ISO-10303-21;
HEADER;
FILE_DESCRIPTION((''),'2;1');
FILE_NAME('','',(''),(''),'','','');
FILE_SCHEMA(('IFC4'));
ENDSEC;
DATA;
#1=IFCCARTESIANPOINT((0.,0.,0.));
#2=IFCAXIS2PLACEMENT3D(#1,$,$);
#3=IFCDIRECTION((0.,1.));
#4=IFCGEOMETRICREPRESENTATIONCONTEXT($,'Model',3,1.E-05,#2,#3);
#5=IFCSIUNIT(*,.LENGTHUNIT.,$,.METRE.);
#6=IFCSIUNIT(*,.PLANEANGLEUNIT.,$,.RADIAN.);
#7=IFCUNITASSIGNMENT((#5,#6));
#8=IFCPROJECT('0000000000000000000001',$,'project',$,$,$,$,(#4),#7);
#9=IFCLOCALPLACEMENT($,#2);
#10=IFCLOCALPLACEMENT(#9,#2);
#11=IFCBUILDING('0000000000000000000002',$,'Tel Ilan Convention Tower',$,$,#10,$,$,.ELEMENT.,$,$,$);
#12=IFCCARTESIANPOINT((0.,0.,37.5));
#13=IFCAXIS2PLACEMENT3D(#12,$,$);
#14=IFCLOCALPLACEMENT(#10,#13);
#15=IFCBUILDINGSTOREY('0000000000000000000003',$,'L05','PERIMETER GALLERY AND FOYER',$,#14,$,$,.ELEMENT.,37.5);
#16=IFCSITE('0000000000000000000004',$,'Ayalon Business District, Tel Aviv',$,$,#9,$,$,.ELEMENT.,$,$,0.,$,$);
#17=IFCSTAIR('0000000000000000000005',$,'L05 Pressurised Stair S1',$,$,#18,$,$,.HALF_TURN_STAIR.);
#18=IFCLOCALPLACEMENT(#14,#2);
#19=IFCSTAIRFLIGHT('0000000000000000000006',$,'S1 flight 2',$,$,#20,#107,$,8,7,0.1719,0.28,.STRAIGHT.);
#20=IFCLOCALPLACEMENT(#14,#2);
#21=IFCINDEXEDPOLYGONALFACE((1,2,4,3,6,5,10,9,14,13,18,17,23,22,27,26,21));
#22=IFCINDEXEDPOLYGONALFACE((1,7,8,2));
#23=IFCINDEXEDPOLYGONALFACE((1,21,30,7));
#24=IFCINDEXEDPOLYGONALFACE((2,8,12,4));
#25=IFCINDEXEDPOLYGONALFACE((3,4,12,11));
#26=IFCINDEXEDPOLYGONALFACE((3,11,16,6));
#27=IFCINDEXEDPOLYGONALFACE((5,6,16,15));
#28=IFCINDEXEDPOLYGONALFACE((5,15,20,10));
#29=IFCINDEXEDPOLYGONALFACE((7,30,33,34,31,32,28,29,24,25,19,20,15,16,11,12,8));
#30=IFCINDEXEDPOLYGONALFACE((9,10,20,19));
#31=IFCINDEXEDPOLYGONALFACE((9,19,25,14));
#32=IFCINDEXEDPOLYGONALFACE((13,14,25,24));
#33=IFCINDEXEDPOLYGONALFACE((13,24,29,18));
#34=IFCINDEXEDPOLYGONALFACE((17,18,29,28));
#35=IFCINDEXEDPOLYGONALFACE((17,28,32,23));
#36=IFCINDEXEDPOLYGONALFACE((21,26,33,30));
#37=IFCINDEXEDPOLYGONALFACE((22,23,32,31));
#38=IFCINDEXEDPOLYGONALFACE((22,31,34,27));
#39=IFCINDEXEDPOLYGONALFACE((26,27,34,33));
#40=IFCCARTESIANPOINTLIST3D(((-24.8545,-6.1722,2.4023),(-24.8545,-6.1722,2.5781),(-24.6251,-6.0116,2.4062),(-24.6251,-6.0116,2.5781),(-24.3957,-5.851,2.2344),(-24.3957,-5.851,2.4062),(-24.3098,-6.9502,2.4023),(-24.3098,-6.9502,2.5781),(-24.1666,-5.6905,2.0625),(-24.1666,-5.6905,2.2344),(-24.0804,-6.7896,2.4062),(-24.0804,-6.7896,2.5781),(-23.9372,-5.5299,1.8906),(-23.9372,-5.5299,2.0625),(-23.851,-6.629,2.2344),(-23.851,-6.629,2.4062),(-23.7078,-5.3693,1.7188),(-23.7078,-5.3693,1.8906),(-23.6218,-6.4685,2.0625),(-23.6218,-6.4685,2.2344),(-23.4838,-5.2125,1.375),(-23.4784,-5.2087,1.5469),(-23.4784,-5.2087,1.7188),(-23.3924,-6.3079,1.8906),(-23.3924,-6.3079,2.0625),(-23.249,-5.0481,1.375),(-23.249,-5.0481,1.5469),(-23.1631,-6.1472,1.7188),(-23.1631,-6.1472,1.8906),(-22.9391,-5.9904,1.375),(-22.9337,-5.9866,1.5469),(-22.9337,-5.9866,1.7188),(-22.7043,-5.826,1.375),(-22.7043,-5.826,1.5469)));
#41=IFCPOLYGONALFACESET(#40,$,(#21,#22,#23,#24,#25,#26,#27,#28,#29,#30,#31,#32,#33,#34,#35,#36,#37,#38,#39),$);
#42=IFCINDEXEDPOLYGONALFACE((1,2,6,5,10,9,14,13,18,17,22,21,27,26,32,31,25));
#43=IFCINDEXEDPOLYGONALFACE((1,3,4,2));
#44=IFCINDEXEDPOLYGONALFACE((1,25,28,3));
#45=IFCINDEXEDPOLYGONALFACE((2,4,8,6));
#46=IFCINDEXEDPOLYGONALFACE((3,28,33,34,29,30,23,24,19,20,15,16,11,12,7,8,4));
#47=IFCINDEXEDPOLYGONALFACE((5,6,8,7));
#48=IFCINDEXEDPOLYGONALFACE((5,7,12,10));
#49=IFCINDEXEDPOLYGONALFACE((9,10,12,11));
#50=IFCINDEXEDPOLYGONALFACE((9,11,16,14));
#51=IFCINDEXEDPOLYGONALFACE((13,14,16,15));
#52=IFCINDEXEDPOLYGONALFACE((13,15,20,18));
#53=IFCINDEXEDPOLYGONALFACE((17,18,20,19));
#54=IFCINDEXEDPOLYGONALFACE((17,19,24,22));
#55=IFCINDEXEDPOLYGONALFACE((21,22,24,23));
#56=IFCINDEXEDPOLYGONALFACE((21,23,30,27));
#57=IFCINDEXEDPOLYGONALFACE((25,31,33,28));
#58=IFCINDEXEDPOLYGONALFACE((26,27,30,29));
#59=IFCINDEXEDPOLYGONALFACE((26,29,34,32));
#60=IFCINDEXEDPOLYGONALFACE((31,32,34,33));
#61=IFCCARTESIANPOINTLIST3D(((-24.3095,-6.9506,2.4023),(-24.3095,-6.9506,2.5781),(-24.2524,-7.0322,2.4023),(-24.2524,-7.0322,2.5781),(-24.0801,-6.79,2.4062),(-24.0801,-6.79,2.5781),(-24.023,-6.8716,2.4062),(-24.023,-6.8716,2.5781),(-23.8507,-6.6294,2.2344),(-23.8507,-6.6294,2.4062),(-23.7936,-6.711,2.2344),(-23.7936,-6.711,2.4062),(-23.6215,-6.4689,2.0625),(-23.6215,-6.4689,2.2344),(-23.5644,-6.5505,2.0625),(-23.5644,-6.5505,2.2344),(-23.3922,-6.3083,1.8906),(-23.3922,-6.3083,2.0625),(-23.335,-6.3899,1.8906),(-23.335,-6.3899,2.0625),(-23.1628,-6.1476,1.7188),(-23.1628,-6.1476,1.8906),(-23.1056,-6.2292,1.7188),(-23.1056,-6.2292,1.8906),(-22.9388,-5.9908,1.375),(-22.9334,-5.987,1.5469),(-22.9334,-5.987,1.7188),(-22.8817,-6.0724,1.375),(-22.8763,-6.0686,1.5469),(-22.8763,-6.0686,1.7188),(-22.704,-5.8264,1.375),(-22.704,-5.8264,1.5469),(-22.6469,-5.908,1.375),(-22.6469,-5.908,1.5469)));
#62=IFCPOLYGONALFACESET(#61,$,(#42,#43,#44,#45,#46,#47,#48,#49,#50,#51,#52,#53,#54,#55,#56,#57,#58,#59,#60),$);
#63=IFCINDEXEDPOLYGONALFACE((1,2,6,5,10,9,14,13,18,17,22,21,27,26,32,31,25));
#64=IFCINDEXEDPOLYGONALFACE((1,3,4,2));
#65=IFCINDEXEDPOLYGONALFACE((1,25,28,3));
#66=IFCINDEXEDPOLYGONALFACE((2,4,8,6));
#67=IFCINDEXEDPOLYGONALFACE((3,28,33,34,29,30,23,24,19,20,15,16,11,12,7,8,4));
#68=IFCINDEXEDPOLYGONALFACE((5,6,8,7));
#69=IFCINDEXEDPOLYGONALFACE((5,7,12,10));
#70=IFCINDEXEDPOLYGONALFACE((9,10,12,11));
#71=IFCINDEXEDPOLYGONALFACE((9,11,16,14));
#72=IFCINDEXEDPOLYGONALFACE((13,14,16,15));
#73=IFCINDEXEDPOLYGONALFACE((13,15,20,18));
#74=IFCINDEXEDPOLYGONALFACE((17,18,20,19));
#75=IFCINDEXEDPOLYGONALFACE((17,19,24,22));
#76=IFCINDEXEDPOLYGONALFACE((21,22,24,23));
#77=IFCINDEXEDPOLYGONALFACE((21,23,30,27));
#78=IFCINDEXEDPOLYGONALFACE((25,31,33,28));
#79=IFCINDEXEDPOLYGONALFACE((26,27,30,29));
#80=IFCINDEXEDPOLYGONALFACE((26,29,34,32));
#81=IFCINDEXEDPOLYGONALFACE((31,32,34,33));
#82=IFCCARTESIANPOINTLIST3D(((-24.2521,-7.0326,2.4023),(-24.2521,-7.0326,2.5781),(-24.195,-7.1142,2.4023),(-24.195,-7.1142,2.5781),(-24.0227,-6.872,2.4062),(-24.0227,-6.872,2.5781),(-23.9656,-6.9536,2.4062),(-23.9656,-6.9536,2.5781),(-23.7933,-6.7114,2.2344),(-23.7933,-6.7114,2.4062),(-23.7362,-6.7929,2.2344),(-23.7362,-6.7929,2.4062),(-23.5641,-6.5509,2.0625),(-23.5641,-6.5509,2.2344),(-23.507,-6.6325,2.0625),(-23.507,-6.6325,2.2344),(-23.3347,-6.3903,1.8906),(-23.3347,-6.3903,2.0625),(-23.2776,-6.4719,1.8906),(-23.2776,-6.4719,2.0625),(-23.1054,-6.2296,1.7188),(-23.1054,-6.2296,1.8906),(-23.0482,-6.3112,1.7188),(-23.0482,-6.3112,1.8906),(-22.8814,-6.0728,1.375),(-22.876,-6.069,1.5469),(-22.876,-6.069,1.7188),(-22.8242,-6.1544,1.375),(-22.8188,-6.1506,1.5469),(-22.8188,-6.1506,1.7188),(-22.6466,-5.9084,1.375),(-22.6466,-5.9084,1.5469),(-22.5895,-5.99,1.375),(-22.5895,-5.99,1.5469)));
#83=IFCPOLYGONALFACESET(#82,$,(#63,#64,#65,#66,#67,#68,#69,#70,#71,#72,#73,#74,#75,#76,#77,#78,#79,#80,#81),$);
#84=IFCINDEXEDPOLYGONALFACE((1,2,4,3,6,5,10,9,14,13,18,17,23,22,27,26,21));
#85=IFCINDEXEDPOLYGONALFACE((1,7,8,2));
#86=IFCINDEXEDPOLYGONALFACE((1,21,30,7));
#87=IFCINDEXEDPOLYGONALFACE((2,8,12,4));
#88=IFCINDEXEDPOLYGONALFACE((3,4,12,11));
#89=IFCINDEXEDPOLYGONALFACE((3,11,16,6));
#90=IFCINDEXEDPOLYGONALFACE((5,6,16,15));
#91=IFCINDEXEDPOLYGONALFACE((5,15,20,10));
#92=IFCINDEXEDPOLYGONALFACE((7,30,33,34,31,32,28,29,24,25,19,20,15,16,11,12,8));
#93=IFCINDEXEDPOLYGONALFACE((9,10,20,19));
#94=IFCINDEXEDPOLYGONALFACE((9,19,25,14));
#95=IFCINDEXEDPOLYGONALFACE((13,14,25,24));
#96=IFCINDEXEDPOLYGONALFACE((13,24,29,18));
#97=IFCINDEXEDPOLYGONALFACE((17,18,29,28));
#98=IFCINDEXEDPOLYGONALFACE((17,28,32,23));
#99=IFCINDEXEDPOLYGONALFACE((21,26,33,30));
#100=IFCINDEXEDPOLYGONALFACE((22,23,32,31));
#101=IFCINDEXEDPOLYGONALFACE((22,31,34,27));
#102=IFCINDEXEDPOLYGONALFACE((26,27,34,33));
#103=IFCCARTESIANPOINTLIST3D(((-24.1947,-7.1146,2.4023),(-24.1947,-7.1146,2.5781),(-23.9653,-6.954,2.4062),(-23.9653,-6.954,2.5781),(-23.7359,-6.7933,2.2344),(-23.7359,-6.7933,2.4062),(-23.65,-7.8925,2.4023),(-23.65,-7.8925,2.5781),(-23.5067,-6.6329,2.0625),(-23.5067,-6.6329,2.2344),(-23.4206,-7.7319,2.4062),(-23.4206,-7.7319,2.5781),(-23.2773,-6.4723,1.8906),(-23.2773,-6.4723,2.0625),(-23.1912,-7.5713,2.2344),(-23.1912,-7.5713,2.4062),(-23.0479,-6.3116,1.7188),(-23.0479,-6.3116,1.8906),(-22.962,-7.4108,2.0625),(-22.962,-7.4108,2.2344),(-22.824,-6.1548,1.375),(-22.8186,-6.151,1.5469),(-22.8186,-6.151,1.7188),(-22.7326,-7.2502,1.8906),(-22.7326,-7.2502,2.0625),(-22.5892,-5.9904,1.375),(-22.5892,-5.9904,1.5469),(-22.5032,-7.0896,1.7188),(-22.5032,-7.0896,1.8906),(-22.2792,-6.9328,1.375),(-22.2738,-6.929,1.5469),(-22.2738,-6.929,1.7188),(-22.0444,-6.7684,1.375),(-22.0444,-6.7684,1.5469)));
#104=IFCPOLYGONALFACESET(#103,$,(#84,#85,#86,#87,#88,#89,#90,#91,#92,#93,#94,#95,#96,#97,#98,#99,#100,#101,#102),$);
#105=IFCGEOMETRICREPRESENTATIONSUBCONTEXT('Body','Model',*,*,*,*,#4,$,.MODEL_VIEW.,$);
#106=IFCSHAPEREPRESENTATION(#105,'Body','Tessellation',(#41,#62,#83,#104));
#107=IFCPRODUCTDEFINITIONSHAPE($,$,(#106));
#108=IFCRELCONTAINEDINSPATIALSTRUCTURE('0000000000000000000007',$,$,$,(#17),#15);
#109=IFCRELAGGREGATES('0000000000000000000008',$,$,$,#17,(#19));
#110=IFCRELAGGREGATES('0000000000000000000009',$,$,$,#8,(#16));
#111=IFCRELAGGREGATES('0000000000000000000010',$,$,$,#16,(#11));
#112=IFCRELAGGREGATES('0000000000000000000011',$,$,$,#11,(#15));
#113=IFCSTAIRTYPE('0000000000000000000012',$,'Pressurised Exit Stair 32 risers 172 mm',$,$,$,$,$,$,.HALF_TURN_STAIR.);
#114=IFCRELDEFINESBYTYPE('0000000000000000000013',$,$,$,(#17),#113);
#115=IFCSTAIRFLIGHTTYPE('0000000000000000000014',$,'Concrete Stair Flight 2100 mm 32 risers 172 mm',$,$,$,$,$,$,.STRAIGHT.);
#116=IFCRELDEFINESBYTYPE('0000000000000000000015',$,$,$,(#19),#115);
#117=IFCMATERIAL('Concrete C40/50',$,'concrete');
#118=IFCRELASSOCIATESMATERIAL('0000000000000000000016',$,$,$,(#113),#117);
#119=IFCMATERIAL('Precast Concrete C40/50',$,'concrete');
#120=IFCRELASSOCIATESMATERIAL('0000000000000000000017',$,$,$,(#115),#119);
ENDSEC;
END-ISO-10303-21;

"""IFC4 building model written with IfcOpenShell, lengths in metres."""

from ifc_helpers import new_model, si_unit, direction, frame, origin, place, context, subcontext, project, spatial, polyline, outline, extrude, material, type_object, element, aggregate, save


model = new_model("IFC4")

# Units and contexts
model_context = context("Model", 3, precision=1e-05, world=origin(), true_north=direction((0.0, 1.0)))
body_context = subcontext(model_context, "Body", "Model", "MODEL_VIEW")
ifc_project = project(units=[si_unit("LENGTHUNIT", "METRE"), si_unit("PLANEANGLEUNIT", "RADIAN")], contexts=[model_context])

# Site, building, storey
site_placement = place(None, origin())
site = spatial("IfcSite", under=ifc_project, at=site_placement, Name="Ayalon Business District, Tel Aviv", CompositionType="ELEMENT", RefElevation=0.0)
building_placement = place(site_placement, origin())
building = spatial("IfcBuilding", under=site, at=building_placement, Name="Tel Ilan Convention Tower", CompositionType="ELEMENT")
storey_placement = place(building_placement, frame((0.0, 0.0, 37.5)))
storey = spatial("IfcBuildingStorey", under=building, at=storey_placement, Name="L05", Description="PERIMETER GALLERY AND FOYER", CompositionType="ELEMENT", Elevation=37.5)

# Stair, stair flight
ifc_material_1 = material(Name="Concrete C40/50", Category="concrete")
stair_type = type_object("IfcStairType", Name="Pressurised Exit Stair 32 risers 172 mm", PredefinedType="HALF_TURN_STAIR", material=ifc_material_1)
stair_placement = place(storey_placement, origin())
stair = element("IfcStair", 1, at=stair_placement, inside=storey, type_object=stair_type, Name="L05 Pressurised Stair S1", PredefinedType="HALF_TURN_STAIR")
ifc_material_2 = material(Name="Precast Concrete C40/50", Category="concrete")
stair_flight_type = type_object("IfcStairFlightType", Name="Concrete Stair Flight 2100 mm 32 risers 172 mm", PredefinedType="STRAIGHT", material=ifc_material_2)
stair_flight_1_placement = place(storey_placement, frame((-22.6467, -5.9082, 1.375), z_axis=(0.0, 0.0, 1.0), x_axis=(-0.819152, -0.573576, 0.0)))
stair_flight_1 = element("IfcStairFlight", 2, at=stair_flight_1_placement, type_object=stair_flight_type, Name="S1 flight 2", NumberOfRisers=8, NumberOfTreads=7, PredefinedType="STRAIGHT", RiserHeight=0.1719, TreadLength=0.28, context=body_context, shape_type="SweptSolid", body=[
    extrude(outline(polyline([(0.0, 0.0), (0.0, 0.1719), (0.28, 0.1719), (0.28, 0.3438), (0.5601, 0.3438), (0.5601, 0.5156), (0.8401, 0.5156), (0.8401, 0.6875), (1.1201, 0.6875), (1.1201, 0.8594), (1.3999, 0.8594), (1.3999, 1.0312), (1.6799, 1.0312), (1.6799, 1.2031), (1.96, 1.2031), (1.96, 1.375), (1.96, 1.0273), (0.2866, 0.0), (0.0, 0.0)])), frame((0.0, -0.1003, 0.0), z_axis=(0.0, -1.0, 0.0), x_axis=(1.0, 0.0, 0.0)), (0.0, 0.0, 1.0), 0.9497),
    extrude(outline(polyline([(0.0, 0.0), (0.0, 0.1719), (0.28, 0.1719), (0.28, 0.3438), (0.5601, 0.3438), (0.5601, 0.5156), (0.8401, 0.5156), (0.8401, 0.6875), (1.1201, 0.6875), (1.1201, 0.8594), (1.3999, 0.8594), (1.3999, 1.0312), (1.6799, 1.0312), (1.6799, 1.2031), (1.96, 1.2031), (1.96, 1.375), (1.96, 1.0273), (0.2866, 0.0), (0.0, 0.0)])), frame((0.0, -0.0002, 0.0), z_axis=(0.0, -1.0, 0.0), x_axis=(1.0, 0.0, 0.0)), (0.0, 0.0, 1.0), 0.0996),
    extrude(outline(polyline([(0.0, 0.0), (0.0, 0.1719), (0.28, 0.1719), (0.28, 0.3438), (0.5601, 0.3438), (0.5601, 0.5156), (0.8401, 0.5156), (0.8401, 0.6875), (1.1201, 0.6875), (1.1201, 0.8594), (1.3999, 0.8594), (1.3999, 1.0312), (1.6799, 1.0312), (1.6799, 1.2031), (1.96, 1.2031), (1.96, 1.375), (1.96, 1.0273), (0.2866, 0.0), (0.0, 0.0)])), frame((0.0, 0.0999, 0.0), z_axis=(0.0, -1.0, 0.0), x_axis=(1.0, 0.0, 0.0)), (0.0, 0.0, 1.0), 0.0996),
    extrude(outline(polyline([(0.0, 0.0), (0.0, 0.1719), (0.28, 0.1719), (0.28, 0.3438), (0.5601, 0.3438), (0.5601, 0.5156), (0.8401, 0.5156), (0.8401, 0.6875), (1.1201, 0.6875), (1.1201, 0.8594), (1.3999, 0.8594), (1.3999, 1.0312), (1.6799, 1.0312), (1.6799, 1.2031), (1.96, 1.2031), (1.96, 1.375), (1.96, 1.0273), (0.2866, 0.0), (0.0, 0.0)])), frame((0.0, 1.05, 0.0), z_axis=(0.0, -1.0, 0.0), x_axis=(1.0, 0.0, 0.0)), (0.0, 0.0, 1.0), 0.9497),
])
aggregate(stair, [stair_flight_1])

save(model, "model.ifc")
